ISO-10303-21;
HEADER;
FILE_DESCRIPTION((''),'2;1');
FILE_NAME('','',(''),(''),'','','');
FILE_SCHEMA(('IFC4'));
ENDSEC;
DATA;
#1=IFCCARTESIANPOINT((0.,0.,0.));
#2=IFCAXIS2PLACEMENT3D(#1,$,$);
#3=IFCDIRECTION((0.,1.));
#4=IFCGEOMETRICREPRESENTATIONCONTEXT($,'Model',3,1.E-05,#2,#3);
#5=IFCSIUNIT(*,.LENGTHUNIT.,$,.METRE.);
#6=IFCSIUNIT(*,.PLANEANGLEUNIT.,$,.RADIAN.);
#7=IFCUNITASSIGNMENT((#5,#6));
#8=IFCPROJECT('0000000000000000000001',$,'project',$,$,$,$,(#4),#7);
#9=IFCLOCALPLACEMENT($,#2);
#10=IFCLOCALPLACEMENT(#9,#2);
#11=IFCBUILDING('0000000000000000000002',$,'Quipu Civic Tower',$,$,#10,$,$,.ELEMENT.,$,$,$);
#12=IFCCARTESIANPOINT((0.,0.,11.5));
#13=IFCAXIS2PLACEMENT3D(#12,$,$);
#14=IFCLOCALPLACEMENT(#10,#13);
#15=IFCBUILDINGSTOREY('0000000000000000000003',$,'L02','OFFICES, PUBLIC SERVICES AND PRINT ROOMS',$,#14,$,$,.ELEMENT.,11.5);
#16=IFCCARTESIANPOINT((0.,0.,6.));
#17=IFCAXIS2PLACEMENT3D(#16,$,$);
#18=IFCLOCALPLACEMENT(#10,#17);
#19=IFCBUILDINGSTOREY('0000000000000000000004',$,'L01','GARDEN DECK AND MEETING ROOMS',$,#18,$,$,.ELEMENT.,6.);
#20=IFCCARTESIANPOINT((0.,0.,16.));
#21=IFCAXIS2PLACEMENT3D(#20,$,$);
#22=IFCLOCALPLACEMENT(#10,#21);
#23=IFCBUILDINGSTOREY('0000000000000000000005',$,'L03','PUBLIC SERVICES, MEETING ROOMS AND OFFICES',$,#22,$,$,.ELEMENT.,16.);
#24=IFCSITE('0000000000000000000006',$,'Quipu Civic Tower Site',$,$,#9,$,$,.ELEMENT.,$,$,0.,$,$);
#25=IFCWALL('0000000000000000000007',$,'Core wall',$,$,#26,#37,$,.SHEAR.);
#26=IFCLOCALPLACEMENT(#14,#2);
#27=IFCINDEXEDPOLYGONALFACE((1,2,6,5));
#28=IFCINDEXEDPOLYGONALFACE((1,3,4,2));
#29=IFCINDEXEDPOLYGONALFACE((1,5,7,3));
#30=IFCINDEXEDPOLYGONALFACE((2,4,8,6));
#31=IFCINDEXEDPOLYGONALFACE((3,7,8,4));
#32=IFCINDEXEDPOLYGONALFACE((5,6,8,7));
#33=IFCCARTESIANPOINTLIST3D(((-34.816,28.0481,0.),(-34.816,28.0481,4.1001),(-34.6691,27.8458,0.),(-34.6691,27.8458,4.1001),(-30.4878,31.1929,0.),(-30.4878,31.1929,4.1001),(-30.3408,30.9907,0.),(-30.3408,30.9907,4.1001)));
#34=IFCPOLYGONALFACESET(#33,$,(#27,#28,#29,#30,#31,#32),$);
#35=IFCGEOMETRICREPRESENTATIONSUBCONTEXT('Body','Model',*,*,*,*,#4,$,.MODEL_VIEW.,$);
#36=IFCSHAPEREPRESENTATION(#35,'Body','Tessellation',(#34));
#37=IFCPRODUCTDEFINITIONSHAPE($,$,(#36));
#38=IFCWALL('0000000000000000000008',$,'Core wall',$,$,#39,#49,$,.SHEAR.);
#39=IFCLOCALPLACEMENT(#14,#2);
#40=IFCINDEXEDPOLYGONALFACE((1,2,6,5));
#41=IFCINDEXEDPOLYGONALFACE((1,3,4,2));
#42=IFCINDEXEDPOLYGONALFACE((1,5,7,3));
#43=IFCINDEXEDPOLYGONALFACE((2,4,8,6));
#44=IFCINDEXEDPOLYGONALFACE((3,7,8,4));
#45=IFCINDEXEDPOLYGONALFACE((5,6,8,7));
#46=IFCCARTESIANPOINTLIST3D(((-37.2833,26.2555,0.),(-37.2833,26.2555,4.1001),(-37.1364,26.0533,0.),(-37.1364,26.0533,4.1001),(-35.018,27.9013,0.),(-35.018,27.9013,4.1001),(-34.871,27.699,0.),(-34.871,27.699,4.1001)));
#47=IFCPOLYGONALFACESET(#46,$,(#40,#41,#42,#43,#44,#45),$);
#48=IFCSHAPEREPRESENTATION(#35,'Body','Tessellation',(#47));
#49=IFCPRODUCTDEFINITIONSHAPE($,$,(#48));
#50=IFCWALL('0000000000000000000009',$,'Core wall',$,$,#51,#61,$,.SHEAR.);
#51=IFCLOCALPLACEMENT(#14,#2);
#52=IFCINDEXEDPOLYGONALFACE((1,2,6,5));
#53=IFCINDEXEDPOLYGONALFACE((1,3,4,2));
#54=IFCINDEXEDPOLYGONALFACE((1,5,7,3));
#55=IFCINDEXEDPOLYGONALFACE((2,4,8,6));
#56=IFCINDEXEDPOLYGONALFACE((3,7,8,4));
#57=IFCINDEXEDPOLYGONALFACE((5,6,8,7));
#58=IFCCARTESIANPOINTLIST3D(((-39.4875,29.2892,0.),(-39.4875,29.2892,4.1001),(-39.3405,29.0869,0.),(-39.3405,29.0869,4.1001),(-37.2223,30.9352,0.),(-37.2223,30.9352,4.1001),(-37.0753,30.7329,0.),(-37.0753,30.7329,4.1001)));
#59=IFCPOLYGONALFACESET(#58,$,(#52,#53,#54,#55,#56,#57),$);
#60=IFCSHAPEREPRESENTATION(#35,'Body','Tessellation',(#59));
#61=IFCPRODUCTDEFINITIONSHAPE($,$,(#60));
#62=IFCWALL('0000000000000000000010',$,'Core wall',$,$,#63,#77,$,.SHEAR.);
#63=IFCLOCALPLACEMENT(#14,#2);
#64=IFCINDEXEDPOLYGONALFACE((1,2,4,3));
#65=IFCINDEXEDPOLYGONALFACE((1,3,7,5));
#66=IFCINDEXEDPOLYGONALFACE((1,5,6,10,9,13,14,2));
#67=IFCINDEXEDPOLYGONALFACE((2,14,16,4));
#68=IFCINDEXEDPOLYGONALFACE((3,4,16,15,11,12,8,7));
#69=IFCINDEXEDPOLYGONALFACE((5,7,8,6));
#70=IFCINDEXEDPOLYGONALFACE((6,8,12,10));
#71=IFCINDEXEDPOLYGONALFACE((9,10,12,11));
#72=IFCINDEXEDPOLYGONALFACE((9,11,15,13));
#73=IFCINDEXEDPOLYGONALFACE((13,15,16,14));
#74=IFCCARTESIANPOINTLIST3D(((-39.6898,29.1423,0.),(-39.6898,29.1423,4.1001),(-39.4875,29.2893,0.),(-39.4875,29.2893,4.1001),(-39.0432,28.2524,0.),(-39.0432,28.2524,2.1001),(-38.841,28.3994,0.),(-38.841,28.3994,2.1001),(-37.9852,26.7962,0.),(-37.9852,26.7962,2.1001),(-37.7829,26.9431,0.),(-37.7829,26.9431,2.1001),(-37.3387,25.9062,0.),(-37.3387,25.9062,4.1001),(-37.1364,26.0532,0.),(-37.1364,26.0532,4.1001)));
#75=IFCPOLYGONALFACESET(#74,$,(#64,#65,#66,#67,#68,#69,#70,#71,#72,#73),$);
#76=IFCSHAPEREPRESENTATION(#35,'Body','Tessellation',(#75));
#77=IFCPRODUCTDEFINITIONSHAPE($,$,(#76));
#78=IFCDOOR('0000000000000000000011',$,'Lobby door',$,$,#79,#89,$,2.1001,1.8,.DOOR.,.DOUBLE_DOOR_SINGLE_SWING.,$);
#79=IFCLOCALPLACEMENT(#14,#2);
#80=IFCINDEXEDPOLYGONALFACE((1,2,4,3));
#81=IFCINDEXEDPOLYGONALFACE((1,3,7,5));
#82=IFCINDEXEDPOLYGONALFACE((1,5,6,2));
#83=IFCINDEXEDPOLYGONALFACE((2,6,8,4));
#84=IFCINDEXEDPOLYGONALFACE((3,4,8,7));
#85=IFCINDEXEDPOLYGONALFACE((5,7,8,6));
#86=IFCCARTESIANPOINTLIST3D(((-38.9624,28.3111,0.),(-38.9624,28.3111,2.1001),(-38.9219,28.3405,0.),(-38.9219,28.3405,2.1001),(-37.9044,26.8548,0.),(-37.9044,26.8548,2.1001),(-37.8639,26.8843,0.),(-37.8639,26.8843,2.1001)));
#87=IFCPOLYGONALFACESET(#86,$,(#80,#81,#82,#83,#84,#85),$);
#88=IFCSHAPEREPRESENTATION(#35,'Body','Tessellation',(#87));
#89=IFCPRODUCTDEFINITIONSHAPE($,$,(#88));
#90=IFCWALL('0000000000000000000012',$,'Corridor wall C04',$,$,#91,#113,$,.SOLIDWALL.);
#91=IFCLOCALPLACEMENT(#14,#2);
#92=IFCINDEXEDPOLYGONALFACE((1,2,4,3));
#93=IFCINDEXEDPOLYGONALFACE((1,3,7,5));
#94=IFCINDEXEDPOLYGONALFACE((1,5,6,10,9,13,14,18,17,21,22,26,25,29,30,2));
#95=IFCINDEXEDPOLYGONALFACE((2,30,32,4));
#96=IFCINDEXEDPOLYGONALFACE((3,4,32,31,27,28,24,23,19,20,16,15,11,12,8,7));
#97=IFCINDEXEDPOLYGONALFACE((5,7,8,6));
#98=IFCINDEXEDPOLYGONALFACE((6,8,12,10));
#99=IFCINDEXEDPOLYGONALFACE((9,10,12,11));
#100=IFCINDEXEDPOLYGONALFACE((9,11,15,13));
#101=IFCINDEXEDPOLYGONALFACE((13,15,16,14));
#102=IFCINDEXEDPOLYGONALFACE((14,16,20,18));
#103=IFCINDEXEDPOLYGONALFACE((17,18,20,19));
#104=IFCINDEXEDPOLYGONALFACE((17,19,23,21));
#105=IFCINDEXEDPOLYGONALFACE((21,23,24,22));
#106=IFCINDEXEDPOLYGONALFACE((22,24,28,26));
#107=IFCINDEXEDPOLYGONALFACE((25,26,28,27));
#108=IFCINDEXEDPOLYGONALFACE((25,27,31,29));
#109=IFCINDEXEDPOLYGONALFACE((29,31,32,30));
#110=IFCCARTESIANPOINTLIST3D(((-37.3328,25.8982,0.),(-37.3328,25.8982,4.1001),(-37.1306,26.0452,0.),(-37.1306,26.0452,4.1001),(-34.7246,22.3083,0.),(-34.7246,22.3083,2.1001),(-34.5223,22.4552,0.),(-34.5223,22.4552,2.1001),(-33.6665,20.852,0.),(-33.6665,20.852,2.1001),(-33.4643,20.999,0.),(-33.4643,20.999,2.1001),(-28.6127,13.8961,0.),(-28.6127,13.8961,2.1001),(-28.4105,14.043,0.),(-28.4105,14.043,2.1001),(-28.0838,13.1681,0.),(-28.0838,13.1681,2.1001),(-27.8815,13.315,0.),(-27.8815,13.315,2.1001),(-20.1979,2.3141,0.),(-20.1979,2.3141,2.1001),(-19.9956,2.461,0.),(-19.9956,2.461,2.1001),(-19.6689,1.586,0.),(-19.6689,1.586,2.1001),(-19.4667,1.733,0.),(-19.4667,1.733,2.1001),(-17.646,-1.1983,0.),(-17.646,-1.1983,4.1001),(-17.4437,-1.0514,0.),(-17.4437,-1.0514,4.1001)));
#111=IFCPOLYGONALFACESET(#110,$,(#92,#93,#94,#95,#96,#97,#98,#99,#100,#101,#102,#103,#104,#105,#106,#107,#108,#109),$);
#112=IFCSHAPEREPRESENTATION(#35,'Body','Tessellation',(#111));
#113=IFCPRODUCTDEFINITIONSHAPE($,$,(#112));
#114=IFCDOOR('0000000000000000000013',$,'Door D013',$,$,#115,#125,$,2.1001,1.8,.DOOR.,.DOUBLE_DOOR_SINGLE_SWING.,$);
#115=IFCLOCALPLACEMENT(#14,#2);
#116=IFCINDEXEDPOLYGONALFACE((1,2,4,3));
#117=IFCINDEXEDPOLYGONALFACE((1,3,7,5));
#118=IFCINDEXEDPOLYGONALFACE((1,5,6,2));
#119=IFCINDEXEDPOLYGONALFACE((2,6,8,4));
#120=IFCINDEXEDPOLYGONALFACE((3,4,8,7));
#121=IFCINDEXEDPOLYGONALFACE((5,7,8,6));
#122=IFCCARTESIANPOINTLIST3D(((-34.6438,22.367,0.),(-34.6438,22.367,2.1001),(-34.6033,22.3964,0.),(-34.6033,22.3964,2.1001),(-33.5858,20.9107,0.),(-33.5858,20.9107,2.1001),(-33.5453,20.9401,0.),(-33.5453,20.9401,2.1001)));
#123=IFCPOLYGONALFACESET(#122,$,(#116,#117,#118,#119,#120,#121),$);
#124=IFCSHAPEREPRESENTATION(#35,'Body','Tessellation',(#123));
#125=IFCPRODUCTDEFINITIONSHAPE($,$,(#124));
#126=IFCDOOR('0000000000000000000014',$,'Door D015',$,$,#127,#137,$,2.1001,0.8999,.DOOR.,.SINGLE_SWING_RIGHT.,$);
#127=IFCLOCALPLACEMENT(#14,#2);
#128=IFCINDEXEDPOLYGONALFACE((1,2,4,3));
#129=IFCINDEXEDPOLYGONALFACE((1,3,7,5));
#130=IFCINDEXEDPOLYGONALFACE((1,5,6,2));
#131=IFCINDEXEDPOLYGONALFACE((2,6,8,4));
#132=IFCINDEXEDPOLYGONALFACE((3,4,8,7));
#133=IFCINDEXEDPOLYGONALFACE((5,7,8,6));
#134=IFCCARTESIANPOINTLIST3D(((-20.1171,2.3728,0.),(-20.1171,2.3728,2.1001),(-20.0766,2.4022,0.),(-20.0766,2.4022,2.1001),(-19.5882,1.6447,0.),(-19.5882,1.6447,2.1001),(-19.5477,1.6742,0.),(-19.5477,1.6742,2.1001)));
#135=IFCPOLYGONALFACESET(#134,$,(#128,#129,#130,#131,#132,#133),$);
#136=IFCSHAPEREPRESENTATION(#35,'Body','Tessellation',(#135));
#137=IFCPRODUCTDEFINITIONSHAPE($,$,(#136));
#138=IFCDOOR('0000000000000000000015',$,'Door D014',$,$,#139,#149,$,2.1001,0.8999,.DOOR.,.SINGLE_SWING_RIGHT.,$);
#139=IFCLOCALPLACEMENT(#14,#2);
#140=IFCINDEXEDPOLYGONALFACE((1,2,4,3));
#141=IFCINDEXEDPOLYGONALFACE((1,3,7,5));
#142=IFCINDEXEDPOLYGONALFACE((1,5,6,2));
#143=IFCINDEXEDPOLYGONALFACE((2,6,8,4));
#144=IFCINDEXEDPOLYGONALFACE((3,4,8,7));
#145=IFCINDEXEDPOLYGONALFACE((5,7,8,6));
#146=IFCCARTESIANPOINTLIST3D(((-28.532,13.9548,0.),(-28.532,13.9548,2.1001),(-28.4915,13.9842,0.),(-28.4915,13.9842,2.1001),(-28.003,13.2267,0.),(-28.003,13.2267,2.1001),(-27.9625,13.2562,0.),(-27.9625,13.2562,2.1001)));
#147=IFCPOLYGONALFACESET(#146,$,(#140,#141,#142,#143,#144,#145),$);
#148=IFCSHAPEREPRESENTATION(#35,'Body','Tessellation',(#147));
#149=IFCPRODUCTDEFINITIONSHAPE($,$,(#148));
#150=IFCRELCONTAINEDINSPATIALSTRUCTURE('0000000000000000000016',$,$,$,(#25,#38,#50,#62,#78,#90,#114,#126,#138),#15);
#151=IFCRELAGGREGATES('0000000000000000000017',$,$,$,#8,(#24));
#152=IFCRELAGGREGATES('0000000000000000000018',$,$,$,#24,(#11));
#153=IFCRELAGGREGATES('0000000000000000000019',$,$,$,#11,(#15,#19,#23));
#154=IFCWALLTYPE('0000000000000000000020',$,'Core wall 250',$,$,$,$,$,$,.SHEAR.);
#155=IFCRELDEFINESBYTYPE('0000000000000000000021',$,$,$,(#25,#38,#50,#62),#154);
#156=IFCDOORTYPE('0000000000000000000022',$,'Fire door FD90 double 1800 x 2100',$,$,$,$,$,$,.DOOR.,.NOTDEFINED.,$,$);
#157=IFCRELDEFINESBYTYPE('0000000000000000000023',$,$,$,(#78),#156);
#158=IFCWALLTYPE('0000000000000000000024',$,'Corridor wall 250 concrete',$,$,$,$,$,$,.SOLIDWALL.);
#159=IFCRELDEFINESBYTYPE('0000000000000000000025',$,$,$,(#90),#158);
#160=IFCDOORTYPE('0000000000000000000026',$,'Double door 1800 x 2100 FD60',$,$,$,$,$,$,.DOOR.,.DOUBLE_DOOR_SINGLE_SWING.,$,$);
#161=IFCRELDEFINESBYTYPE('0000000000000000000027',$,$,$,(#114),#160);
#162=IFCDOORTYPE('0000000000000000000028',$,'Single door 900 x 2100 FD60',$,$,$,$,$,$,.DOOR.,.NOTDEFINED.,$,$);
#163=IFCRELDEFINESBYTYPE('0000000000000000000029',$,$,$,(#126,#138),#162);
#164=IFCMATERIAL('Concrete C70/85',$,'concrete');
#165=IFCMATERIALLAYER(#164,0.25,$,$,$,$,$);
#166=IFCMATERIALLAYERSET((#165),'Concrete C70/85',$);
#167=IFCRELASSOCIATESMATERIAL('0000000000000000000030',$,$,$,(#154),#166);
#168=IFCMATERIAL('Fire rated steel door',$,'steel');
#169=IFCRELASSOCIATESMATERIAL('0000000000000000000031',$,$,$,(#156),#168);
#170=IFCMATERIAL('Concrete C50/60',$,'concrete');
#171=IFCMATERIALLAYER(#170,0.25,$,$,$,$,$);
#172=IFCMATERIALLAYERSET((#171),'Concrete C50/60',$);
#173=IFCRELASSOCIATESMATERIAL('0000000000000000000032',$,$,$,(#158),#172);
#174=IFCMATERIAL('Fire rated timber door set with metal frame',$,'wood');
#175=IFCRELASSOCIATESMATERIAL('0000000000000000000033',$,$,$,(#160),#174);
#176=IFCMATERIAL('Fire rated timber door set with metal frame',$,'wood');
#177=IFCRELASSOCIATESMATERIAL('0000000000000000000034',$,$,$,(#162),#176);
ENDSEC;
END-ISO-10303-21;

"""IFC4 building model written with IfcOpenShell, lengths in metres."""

from ifc_helpers import new_model, si_unit, direction, frame, frame_2d, origin, place, context, subcontext, project, spatial, rectangle, extrude, material, layer, layer_set, type_object, element, fill, save


model = new_model("IFC4")

# Units and contexts
model_context = context("Model", 3, precision=1e-05, world=origin(), true_north=direction((0.0, 1.0)))
body_context = subcontext(model_context, "Body", "Model", "MODEL_VIEW")
ifc_project = project(units=[si_unit("LENGTHUNIT", "METRE"), si_unit("PLANEANGLEUNIT", "RADIAN")], contexts=[model_context])

# Site, building, storey
site_placement = place(None, origin())
site = spatial("IfcSite", under=ifc_project, at=site_placement, Name="Quipu Civic Tower Site", CompositionType="ELEMENT", RefElevation=0.0)
building_placement = place(site_placement, origin())
building = spatial("IfcBuilding", under=site, at=building_placement, Name="Quipu Civic Tower", CompositionType="ELEMENT")
storey_1_placement = place(building_placement, frame((0.0, 0.0, 11.5)))
storey_1 = spatial("IfcBuildingStorey", under=building, at=storey_1_placement, Name="L02", Description="OFFICES, PUBLIC SERVICES AND PRINT ROOMS", CompositionType="ELEMENT", Elevation=11.5)

# Shared definitions
storey_2_placement = place(building_placement, frame((0.0, 0.0, 6.0)))
storey_2 = spatial("IfcBuildingStorey", under=building, at=storey_2_placement, Name="L01", Description="GARDEN DECK AND MEETING ROOMS", CompositionType="ELEMENT", Elevation=6.0)

# Shared definitions
storey_3_placement = place(building_placement, frame((0.0, 0.0, 16.0)))
storey_3 = spatial("IfcBuildingStorey", under=building, at=storey_3_placement, Name="L03", Description="PUBLIC SERVICES, MEETING ROOMS AND OFFICES", CompositionType="ELEMENT", Elevation=16.0)

# Shared definitions
ifc_material_1 = material(Name="Concrete C70/85", Category="concrete")
ifc_layer_1 = layer(ifc_material_1, 0.25)
ifc_layer_set_1 = layer_set([ifc_layer_1], Name="Concrete C70/85")
wall_type_1 = type_object("IfcWallType", Name="Core wall 250", PredefinedType="SHEAR", material=ifc_layer_set_1)

# Walls
wall_1_placement = place(storey_1_placement, frame((-30.4143, 31.0918, 0.0), z_axis=(0.0, 0.0, 1.0), x_axis=(-0.808998, -0.587811, 0.0)))
element("IfcWall", 1, at=wall_1_placement, inside=storey_1, type_object=wall_type_1, Name="Core wall", PredefinedType="SHEAR", context=body_context, shape_type="SweptSolid", body=[
    extrude(rectangle(XDim=5.3501, YDim=0.25, at=frame_2d((2.675, 0.0))), origin(), (0.0, 0.0, 1.0), 4.1001),
])
for number, where, z_axis, x_axis, name in (
    (2, (-34.9446, 27.8, 0.0), (0.0, 0.0, 1.0), (-0.809041, -0.587752, 0.0), "Core wall"),
    (3, (-37.1489, 30.834, 0.0), (0.0, 0.0, 1.0), (-0.80897, -0.58785, 0.0), "Core wall"),
):
    element("IfcWall", number, at=place(storey_1_placement, frame(where, z_axis=z_axis, x_axis=x_axis)), inside=storey_1, type_object=wall_type_1, Name=name, PredefinedType="SHEAR", context=body_context, shape_type="SweptSolid", body=[
        extrude(rectangle(XDim=2.8, YDim=0.25, at=frame_2d((1.3999, 0.0))), origin(), (0.0, 0.0, 1.0), 4.1001),
    ])

# Wall, opening, door
wall_2_placement = place(storey_1_placement, frame((-39.5886, 29.2158, 0.0), z_axis=(0.0, 0.0, 1.0), x_axis=(0.587772, -0.809026, 0.0)))
wall_2 = element("IfcWall", 4, at=wall_2_placement, inside=storey_1, type_object=wall_type_1, Name="Core wall", PredefinedType="SHEAR", context=body_context, shape_type="SweptSolid", body=[
    extrude(rectangle(XDim=4.0, YDim=0.25, at=frame_2d((2.0, 0.0))), origin(), (0.0, 0.0, 1.0), 4.1001),
])
opening_1_placement = place(wall_2_placement, frame((1.1001, 0.0, 0.0)))
opening_1 = element("IfcOpeningElement", 5, at=opening_1_placement, cuts=wall_2, PredefinedType="OPENING", context=body_context, shape_type="SweptSolid", body=[
    extrude(rectangle(XDim=1.8, YDim=2.1001, at=frame_2d((0.8999, 1.05))), frame((0.0, 0.135, 0.0), z_axis=(0.0, -1.0, 0.0), x_axis=(1.0, 0.0, 0.0)), (0.0, 0.0, 1.0), 0.27),
])
ifc_material_2 = material(Name="Fire rated steel door", Category="steel")
door_type_1 = type_object("IfcDoorType", Name="Fire door FD90 double 1800 x 2100", OperationType="NOTDEFINED", PredefinedType="DOOR", material=ifc_material_2)
door_1_placement = place(opening_1_placement, origin())
door_1 = element("IfcDoor", 6, at=door_1_placement, inside=storey_1, type_object=door_type_1, Name="Lobby door", OperationType="DOUBLE_DOOR_SINGLE_SWING", OverallHeight=2.1001, OverallWidth=1.8, PredefinedType="DOOR", context=body_context, shape_type="SweptSolid", body=[
    extrude(rectangle(XDim=1.8, YDim=2.1001, at=frame_2d((0.8999, 1.05))), frame((0.0, 0.0249, 0.0), z_axis=(0.0, -1.0, 0.0), x_axis=(1.0, 0.0, 0.0)), (0.0, 0.0, 1.0), 0.05),
])
fill(opening_1, door_1)

# Wall, openings, doors
ifc_material_3 = material(Name="Concrete C50/60", Category="concrete")
ifc_layer_2 = layer(ifc_material_3, 0.25)
ifc_layer_set_2 = layer_set([ifc_layer_2], Name="Concrete C50/60")
wall_type_2 = type_object("IfcWallType", Name="Corridor wall 250 concrete", PredefinedType="SOLIDWALL", material=ifc_layer_set_2)
wall_3_placement = place(storey_1_placement, frame((-37.2317, 25.9717, 0.0), z_axis=(0.0, 0.0, 1.0), x_axis=(0.587786, -0.809016, 0.0)))
wall_3 = element("IfcWall", 7, at=wall_3_placement, inside=storey_1, type_object=wall_type_2, Name="Corridor wall C04", PredefinedType="SOLIDWALL", context=body_context, shape_type="SweptSolid", body=[
    extrude(rectangle(XDim=33.4932, YDim=0.25, at=frame_2d((16.7466, 0.0))), origin(), (0.0, 0.0, 1.0), 4.1001),
])
opening_2_placement = place(wall_3_placement, frame((4.4375, 0.0, 0.0)))
opening_2 = element("IfcOpeningElement", 8, at=opening_2_placement, cuts=wall_3, PredefinedType="OPENING", context=body_context, shape_type="SweptSolid", body=[
    extrude(rectangle(XDim=1.8, YDim=2.1001, at=frame_2d((0.8999, 1.05))), frame((0.0, 0.135, 0.0), z_axis=(0.0, -1.0, 0.0), x_axis=(1.0, 0.0, 0.0)), (0.0, 0.0, 1.0), 0.27),
])
opening_3_placement = place(wall_3_placement, frame((29.1516, 0.0, 0.0)))
opening_3 = element("IfcOpeningElement", 9, at=opening_3_placement, cuts=wall_3, PredefinedType="OPENING", context=body_context, shape_type="SweptSolid", body=[
    extrude(rectangle(XDim=0.8999, YDim=2.1001, at=frame_2d((0.45, 1.05))), frame((0.0, 0.135, 0.0), z_axis=(0.0, -1.0, 0.0), x_axis=(1.0, 0.0, 0.0)), (0.0, 0.0, 1.0), 0.27),
])
opening_4_placement = place(wall_3_placement, frame((14.8354, 0.0, 0.0)))
opening_4 = element("IfcOpeningElement", 10, at=opening_4_placement, cuts=wall_3, PredefinedType="OPENING", context=body_context, shape_type="SweptSolid", body=[
    extrude(rectangle(XDim=0.8999, YDim=2.1001, at=frame_2d((0.45, 1.05))), frame((0.0, 0.135, 0.0), z_axis=(0.0, -1.0, 0.0), x_axis=(1.0, 0.0, 0.0)), (0.0, 0.0, 1.0), 0.27),
])
ifc_material_4 = material(Name="Fire rated timber door set with metal frame", Category="wood")
door_type_2 = type_object("IfcDoorType", Name="Double door 1800 x 2100 FD60", OperationType="DOUBLE_DOOR_SINGLE_SWING", PredefinedType="DOOR", material=ifc_material_4)
door_2_placement = place(opening_2_placement, origin())
door_2 = element("IfcDoor", 11, at=door_2_placement, inside=storey_1, type_object=door_type_2, Name="Door D013", OperationType="DOUBLE_DOOR_SINGLE_SWING", OverallHeight=2.1001, OverallWidth=1.8, PredefinedType="DOOR", context=body_context, shape_type="SweptSolid", body=[
    extrude(rectangle(XDim=1.8, YDim=2.1001, at=frame_2d((0.8999, 1.05))), frame((0.0, 0.0249, 0.0), z_axis=(0.0, -1.0, 0.0), x_axis=(1.0, 0.0, 0.0)), (0.0, 0.0, 1.0), 0.05),
])
fill(opening_2, door_2)
ifc_material_5 = material(Name="Fire rated timber door set with metal frame", Category="wood")
door_type_3 = type_object("IfcDoorType", Name="Single door 900 x 2100 FD60", OperationType="NOTDEFINED", PredefinedType="DOOR", material=ifc_material_5)
door_3_placement = place(opening_3_placement, origin())
door_3 = element("IfcDoor", 12, at=door_3_placement, inside=storey_1, type_object=door_type_3, Name="Door D015", OperationType="SINGLE_SWING_RIGHT", OverallHeight=2.1001, OverallWidth=0.8999, PredefinedType="DOOR", context=body_context, shape_type="SweptSolid", body=[
    extrude(rectangle(XDim=0.8999, YDim=2.1001, at=frame_2d((0.45, 1.05))), frame((0.0, 0.0249, 0.0), z_axis=(0.0, -1.0, 0.0), x_axis=(1.0, 0.0, 0.0)), (0.0, 0.0, 1.0), 0.05),
])
fill(opening_3, door_3)
door_4_placement = place(opening_4_placement, origin())
door_4 = element("IfcDoor", 13, at=door_4_placement, inside=storey_1, type_object=door_type_3, Name="Door D014", OperationType="SINGLE_SWING_RIGHT", OverallHeight=2.1001, OverallWidth=0.8999, PredefinedType="DOOR", context=body_context, shape_type="SweptSolid", body=[
    extrude(rectangle(XDim=0.8999, YDim=2.1001, at=frame_2d((0.45, 1.05))), frame((0.0, 0.0249, 0.0), z_axis=(0.0, -1.0, 0.0), x_axis=(1.0, 0.0, 0.0)), (0.0, 0.0, 1.0), 0.05),
])
fill(opening_4, door_4)

save(model, "model.ifc")
